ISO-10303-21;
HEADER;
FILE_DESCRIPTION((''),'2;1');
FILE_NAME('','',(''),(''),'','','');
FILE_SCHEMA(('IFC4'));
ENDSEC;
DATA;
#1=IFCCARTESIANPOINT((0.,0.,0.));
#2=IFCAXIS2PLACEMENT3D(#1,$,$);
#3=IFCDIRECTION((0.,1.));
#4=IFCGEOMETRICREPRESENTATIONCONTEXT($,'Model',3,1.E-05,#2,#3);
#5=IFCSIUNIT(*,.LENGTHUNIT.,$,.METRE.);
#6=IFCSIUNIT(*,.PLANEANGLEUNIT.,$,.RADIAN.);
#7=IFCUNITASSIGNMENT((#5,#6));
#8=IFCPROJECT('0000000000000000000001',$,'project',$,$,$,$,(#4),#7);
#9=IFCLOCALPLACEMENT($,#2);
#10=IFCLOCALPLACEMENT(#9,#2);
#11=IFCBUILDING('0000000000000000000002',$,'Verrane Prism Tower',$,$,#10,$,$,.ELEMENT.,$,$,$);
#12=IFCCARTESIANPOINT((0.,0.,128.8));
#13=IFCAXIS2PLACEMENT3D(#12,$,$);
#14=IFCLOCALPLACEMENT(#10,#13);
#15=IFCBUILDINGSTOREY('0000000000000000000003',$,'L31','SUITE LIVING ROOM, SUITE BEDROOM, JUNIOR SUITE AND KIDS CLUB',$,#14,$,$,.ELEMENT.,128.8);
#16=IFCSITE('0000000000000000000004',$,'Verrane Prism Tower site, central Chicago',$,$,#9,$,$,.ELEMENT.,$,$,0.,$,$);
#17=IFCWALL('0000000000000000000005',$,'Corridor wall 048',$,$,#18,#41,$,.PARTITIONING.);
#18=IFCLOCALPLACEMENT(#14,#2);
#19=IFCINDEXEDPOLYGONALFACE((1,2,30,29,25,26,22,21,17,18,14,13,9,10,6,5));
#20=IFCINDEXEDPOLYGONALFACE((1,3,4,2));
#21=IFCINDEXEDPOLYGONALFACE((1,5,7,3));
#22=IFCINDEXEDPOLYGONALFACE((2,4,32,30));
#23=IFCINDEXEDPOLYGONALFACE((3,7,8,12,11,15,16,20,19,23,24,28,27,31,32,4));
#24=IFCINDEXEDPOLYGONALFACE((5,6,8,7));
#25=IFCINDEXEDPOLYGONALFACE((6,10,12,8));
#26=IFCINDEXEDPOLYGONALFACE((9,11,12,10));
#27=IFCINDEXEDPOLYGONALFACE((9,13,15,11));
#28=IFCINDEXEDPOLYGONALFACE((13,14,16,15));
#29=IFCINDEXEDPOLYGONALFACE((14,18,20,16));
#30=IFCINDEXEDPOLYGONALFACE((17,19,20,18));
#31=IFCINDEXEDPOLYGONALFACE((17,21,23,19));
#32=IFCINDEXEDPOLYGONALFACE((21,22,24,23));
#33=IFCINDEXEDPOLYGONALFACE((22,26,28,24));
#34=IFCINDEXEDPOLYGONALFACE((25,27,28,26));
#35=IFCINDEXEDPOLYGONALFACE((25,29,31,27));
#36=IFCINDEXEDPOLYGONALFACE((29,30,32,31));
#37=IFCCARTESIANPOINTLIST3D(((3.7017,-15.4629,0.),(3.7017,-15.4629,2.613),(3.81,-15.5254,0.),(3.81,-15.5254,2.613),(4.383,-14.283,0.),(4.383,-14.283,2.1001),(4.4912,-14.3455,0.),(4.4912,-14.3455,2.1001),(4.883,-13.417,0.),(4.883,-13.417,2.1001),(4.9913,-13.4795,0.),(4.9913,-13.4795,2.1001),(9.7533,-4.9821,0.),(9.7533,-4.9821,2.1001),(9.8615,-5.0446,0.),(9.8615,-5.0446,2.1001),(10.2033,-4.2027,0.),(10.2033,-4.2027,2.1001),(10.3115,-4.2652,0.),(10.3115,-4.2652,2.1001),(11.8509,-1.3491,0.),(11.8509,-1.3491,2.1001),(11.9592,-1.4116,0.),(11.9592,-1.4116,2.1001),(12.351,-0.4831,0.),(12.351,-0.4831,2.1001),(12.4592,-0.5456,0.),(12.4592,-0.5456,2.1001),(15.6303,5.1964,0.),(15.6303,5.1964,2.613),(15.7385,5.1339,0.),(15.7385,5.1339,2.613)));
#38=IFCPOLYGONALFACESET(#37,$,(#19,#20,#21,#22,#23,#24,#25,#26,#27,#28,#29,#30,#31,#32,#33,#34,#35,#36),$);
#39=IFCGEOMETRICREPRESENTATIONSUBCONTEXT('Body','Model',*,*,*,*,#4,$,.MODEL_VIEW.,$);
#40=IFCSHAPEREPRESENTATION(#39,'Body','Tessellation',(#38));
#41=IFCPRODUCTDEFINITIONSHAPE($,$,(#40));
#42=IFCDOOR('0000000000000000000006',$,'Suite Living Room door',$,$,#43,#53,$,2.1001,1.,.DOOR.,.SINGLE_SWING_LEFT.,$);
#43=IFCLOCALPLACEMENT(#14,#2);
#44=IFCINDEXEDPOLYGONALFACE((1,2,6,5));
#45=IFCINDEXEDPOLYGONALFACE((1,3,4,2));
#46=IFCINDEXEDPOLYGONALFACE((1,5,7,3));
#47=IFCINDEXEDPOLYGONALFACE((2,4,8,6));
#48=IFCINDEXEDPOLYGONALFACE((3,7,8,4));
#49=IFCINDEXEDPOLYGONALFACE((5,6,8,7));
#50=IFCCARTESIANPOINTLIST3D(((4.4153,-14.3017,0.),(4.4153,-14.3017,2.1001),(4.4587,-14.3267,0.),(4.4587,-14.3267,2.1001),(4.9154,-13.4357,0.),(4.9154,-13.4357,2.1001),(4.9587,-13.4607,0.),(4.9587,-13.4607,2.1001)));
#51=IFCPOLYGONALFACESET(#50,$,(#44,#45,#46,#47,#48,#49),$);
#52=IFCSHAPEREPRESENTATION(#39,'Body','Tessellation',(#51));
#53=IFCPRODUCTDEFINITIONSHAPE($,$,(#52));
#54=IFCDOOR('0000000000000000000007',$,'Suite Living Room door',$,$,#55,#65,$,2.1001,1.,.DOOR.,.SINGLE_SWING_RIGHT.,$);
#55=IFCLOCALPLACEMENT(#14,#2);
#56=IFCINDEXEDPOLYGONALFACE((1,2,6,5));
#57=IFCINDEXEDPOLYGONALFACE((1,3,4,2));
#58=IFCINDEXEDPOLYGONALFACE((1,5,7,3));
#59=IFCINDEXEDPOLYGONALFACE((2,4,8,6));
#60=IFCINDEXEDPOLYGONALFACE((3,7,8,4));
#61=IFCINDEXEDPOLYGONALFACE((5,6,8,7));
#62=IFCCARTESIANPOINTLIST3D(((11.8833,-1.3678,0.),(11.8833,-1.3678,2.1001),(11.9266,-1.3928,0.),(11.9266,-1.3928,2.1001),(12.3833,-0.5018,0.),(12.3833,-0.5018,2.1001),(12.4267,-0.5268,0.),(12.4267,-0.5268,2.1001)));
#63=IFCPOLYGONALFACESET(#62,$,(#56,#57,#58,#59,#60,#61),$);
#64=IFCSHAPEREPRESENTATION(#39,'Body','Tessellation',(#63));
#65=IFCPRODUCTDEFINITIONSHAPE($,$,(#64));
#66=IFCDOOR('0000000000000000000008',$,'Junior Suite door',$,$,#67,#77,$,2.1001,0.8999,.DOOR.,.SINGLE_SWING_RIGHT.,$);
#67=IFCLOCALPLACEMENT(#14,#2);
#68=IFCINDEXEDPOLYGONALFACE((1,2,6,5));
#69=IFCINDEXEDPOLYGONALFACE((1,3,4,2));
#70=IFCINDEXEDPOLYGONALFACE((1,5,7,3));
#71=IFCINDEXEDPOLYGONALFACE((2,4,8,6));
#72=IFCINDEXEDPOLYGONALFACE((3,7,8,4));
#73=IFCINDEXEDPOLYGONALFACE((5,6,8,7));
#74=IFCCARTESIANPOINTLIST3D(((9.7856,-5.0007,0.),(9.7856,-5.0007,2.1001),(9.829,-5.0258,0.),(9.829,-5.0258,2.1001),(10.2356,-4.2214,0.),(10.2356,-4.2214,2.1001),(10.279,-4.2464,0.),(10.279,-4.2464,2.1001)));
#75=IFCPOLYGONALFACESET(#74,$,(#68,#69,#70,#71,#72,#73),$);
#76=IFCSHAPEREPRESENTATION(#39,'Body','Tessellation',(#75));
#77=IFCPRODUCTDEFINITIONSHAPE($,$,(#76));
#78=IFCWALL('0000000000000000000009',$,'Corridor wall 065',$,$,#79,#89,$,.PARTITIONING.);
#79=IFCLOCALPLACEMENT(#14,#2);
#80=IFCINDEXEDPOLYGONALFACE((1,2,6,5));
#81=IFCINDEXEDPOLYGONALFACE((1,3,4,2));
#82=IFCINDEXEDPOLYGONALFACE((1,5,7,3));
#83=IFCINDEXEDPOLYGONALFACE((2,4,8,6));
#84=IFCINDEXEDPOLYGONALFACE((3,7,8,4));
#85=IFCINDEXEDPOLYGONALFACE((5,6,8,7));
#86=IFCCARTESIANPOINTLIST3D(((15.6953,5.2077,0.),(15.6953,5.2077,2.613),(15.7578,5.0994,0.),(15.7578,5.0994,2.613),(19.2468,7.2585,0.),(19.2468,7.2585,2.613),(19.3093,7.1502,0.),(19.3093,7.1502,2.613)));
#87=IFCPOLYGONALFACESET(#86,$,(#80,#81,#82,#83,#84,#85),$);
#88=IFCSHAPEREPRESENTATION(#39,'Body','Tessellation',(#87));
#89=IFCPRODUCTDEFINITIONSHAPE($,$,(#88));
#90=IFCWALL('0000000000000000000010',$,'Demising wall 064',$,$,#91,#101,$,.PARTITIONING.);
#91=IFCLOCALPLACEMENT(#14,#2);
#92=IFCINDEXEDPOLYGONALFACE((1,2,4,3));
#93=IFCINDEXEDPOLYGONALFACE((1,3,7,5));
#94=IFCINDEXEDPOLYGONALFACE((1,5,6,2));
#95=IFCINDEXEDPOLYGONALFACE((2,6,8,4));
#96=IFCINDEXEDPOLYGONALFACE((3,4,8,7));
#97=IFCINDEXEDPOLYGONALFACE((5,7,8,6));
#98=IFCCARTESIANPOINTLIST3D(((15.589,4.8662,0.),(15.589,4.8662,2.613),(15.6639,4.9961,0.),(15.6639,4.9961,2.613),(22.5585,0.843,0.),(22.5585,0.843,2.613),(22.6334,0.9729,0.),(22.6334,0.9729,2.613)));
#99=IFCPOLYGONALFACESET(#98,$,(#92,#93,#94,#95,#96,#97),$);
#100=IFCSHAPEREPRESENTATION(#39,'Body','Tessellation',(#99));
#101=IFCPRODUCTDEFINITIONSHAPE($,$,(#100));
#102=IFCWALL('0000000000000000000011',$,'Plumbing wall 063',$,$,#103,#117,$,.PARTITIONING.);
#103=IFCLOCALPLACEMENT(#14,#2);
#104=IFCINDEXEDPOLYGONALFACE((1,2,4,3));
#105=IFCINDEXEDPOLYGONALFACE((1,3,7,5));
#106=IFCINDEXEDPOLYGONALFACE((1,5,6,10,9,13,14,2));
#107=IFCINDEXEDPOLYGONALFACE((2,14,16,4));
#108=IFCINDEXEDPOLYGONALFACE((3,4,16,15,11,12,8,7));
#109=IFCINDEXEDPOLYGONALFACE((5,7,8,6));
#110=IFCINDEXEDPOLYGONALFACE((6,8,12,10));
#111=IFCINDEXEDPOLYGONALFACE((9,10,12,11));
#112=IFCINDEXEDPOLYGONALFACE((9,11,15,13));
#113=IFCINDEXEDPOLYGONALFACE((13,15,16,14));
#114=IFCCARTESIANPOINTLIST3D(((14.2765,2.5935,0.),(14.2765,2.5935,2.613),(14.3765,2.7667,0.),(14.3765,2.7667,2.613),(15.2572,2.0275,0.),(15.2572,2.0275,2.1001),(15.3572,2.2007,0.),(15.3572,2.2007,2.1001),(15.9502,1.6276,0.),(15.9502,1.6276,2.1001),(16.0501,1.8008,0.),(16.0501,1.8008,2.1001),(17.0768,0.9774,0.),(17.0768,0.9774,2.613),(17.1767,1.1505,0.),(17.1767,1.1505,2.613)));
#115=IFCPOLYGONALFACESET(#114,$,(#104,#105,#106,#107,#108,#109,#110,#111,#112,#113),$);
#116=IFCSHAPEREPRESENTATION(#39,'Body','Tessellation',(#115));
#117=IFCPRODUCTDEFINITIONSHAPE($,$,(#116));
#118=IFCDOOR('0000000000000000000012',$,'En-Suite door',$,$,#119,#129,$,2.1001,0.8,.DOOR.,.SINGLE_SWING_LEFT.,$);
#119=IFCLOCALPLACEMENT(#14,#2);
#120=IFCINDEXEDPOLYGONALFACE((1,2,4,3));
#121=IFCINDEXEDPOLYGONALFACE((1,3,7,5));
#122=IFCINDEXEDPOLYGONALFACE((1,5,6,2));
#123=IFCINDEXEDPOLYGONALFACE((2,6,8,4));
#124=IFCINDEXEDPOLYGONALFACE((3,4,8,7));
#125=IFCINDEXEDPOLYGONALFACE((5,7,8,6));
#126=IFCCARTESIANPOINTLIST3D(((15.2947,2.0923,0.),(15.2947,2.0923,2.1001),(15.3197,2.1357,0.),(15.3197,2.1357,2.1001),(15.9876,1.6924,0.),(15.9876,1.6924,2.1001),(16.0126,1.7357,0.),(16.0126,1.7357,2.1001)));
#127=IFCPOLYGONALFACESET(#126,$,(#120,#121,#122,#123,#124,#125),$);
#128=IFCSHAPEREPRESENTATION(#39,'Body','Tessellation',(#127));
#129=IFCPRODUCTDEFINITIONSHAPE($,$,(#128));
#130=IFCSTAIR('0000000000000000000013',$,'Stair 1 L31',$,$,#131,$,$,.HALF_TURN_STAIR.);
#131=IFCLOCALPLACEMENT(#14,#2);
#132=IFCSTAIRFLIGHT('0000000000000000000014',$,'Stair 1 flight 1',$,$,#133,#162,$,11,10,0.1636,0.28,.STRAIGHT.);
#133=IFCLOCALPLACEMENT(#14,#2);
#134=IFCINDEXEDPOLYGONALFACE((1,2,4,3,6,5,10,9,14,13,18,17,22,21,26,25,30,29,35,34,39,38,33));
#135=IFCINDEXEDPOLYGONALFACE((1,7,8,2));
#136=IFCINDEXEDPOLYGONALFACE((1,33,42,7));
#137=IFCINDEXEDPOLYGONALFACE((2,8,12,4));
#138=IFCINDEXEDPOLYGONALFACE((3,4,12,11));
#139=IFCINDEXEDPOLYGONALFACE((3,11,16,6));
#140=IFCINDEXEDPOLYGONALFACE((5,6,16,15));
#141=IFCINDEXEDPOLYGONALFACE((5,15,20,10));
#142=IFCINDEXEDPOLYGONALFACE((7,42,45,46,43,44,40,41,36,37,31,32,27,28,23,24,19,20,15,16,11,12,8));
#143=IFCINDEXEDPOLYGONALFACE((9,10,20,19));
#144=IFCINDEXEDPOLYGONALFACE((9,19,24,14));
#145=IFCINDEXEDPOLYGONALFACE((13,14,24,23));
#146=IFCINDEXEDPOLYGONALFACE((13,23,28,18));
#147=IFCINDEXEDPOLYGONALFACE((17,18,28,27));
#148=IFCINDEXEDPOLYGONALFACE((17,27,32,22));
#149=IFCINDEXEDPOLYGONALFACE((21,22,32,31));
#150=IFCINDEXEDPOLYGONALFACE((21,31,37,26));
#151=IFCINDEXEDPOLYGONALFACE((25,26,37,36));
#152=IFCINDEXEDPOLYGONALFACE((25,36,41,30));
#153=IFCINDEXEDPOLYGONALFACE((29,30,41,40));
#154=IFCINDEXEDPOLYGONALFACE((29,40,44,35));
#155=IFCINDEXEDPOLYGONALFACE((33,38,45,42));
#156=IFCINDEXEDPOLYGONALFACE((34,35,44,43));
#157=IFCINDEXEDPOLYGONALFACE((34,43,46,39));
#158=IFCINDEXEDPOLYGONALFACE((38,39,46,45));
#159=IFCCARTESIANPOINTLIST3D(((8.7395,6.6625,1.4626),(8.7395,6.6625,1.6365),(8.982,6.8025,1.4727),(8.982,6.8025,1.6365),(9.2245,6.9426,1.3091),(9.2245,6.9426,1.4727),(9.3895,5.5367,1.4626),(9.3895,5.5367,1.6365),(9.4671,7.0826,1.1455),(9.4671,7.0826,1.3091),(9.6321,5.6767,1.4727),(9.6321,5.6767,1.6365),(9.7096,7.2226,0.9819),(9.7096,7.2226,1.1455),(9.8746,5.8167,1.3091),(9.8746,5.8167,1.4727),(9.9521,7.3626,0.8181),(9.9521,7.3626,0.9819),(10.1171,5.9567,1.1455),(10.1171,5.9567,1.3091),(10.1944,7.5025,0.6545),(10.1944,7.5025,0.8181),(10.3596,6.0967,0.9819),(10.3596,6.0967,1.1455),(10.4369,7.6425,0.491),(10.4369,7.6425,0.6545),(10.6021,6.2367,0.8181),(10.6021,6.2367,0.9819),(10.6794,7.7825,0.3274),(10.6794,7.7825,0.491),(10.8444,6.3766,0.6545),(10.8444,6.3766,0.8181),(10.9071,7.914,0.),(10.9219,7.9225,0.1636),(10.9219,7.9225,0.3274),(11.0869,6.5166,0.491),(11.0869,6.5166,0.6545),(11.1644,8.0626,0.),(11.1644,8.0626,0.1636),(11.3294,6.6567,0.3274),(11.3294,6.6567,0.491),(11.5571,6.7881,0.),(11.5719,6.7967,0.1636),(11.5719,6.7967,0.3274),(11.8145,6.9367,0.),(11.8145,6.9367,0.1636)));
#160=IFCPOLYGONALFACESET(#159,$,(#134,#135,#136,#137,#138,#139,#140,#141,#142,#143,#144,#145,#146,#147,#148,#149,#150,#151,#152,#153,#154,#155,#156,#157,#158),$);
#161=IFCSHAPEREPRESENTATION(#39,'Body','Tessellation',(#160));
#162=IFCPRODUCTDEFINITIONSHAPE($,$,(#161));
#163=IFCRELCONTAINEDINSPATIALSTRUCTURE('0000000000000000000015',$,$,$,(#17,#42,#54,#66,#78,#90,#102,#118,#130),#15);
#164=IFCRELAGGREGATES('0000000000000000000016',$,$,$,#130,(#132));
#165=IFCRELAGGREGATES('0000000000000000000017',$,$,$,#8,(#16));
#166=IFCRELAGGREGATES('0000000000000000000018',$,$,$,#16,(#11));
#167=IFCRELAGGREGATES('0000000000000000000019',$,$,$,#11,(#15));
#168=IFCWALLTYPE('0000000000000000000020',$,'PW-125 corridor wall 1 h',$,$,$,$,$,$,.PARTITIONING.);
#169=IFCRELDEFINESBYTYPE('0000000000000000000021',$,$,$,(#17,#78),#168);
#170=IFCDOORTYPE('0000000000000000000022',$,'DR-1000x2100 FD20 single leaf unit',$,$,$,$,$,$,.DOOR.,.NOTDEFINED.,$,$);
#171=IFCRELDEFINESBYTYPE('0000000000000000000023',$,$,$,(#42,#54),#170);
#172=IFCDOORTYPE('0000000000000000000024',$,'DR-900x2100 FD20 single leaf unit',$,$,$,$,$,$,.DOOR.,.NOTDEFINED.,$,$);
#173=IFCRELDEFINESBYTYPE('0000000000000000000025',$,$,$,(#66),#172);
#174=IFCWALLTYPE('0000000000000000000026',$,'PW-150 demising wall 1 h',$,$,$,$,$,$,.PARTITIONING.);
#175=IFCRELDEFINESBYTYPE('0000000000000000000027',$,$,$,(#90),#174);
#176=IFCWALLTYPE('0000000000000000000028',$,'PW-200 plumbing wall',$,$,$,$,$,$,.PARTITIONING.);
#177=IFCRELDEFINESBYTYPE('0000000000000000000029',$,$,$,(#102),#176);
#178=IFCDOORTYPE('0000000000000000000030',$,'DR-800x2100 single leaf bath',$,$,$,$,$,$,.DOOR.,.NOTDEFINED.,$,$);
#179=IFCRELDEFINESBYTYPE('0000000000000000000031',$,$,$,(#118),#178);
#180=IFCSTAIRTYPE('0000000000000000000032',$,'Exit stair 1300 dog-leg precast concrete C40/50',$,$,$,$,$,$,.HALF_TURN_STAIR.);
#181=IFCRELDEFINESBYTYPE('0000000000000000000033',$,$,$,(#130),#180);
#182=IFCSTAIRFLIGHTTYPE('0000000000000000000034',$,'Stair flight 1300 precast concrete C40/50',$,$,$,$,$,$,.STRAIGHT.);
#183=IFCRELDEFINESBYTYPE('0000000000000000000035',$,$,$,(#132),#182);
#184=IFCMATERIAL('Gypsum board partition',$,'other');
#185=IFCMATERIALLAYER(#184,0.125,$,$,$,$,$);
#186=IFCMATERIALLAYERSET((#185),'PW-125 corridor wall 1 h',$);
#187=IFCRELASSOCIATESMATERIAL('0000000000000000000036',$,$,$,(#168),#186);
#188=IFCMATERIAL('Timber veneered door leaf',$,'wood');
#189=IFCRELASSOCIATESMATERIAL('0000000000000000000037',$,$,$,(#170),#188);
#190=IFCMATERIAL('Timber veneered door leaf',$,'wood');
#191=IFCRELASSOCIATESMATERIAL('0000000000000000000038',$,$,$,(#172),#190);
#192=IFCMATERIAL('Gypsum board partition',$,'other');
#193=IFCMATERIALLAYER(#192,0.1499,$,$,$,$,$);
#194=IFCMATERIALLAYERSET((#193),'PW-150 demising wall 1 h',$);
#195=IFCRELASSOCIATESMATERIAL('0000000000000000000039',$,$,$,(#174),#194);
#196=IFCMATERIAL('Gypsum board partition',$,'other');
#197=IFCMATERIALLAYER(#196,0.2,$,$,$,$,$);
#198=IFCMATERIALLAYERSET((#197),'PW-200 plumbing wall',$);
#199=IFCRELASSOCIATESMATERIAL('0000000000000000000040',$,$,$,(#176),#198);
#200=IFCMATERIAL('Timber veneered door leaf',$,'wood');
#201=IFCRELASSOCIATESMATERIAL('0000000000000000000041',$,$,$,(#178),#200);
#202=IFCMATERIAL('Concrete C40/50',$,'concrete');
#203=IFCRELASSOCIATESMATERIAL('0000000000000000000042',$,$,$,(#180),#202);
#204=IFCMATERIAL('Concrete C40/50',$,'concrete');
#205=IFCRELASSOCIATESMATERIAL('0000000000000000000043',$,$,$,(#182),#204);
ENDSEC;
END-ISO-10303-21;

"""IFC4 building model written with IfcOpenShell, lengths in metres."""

from ifc_helpers import new_model, si_unit, direction, frame, frame_2d, origin, place, context, subcontext, project, spatial, polyline, rectangle, outline, extrude, material, layer, layer_set, type_object, element, fill, aggregate, save


model = new_model("IFC4")

# Units and contexts
model_context = context("Model", 3, precision=1e-05, world=origin(), true_north=direction((0.0, 1.0)))
body_context = subcontext(model_context, "Body", "Model", "MODEL_VIEW")
ifc_project = project(units=[si_unit("LENGTHUNIT", "METRE"), si_unit("PLANEANGLEUNIT", "RADIAN")], contexts=[model_context])

# Site, building, storey
site_placement = place(None, origin())
site = spatial("IfcSite", under=ifc_project, at=site_placement, Name="Verrane Prism Tower site, central Chicago", CompositionType="ELEMENT", RefElevation=0.0)
building_placement = place(site_placement, origin())
building = spatial("IfcBuilding", under=site, at=building_placement, Name="Verrane Prism Tower", CompositionType="ELEMENT")
storey_placement = place(building_placement, frame((0.0, 0.0, 128.8)))
storey = spatial("IfcBuildingStorey", under=building, at=storey_placement, Name="L31", Description="SUITE LIVING ROOM, SUITE BEDROOM, JUNIOR SUITE AND KIDS CLUB", CompositionType="ELEMENT", Elevation=128.8)

# Wall, openings, doors
ifc_material_1 = material(Name="Gypsum board partition", Category="other")
ifc_layer_1 = layer(ifc_material_1, 0.125)
ifc_layer_set_1 = layer_set([ifc_layer_1], Name="PW-125 corridor wall 1 h")
wall_type_1 = type_object("IfcWallType", Name="PW-125 corridor wall 1 h", PredefinedType="PARTITIONING", material=ifc_layer_set_1)
wall_1_placement = place(storey_placement, frame((15.6843, 5.165, 0.0), z_axis=(0.0, 0.0, 1.0), x_axis=(-0.500028, -0.866009, 0.0)))
wall_1 = element("IfcWall", 1, at=wall_1_placement, inside=storey, type_object=wall_type_1, Name="Corridor wall 048", PredefinedType="PARTITIONING", context=body_context, shape_type="SweptSolid", body=[
    extrude(rectangle(XDim=23.8557, YDim=0.125, at=frame_2d((11.9277, 0.0))), origin(), (0.0, 0.0, 1.0), 2.613),
])
opening_1_placement = place(wall_1_placement, frame((21.4932, 0.0, 0.0)))
opening_1 = element("IfcOpeningElement", 2, at=opening_1_placement, cuts=wall_1, PredefinedType="OPENING", context=body_context, shape_type="SweptSolid", body=[
    extrude(rectangle(XDim=1.0, YDim=2.1001, at=frame_2d((0.5, 1.05))), frame((0.0, 0.0725, 0.0), z_axis=(0.0, -1.0, 0.0), x_axis=(1.0, 0.0, 0.0)), (0.0, 0.0, 1.0), 0.145),
])
opening_2_placement = place(wall_1_placement, frame((10.8533, 0.0, 0.0)))
opening_2 = element("IfcOpeningElement", 3, at=opening_2_placement, cuts=wall_1, PredefinedType="OPENING", context=body_context, shape_type="SweptSolid", body=[
    extrude(rectangle(XDim=0.8999, YDim=2.1001, at=frame_2d((0.45, 1.05))), frame((0.0, 0.0725, 0.0), z_axis=(0.0, -1.0, 0.0), x_axis=(1.0, 0.0, 0.0)), (0.0, 0.0, 1.0), 0.145),
])
opening_3_placement = place(wall_1_placement, frame((6.5581, 0.0, 0.0)))
opening_3 = element("IfcOpeningElement", 4, at=opening_3_placement, cuts=wall_1, PredefinedType="OPENING", context=body_context, shape_type="SweptSolid", body=[
    extrude(rectangle(XDim=1.0, YDim=2.1001, at=frame_2d((0.5, 1.05))), frame((0.0, 0.0725, 0.0), z_axis=(0.0, -1.0, 0.0), x_axis=(1.0, 0.0, 0.0)), (0.0, 0.0, 1.0), 0.145),
])
ifc_material_2 = material(Name="Timber veneered door leaf", Category="wood")
door_type_1 = type_object("IfcDoorType", Name="DR-1000x2100 FD20 single leaf unit", OperationType="NOTDEFINED", PredefinedType="DOOR", material=ifc_material_2)
door_1_placement = place(opening_1_placement, origin())
door_1 = element("IfcDoor", 5, at=door_1_placement, inside=storey, type_object=door_type_1, Name="Suite Living Room door", OperationType="SINGLE_SWING_LEFT", OverallHeight=2.1001, OverallWidth=1.0, PredefinedType="DOOR", context=body_context, shape_type="SweptSolid", body=[
    extrude(rectangle(XDim=1.0, YDim=2.1001, at=frame_2d((0.5, 1.05))), frame((0.0, 0.0249, 0.0), z_axis=(0.0, -1.0, 0.0), x_axis=(1.0, 0.0, 0.0)), (0.0, 0.0, 1.0), 0.05),
])
fill(opening_1, door_1)
door_2_placement = place(opening_3_placement, origin())
door_2 = element("IfcDoor", 6, at=door_2_placement, inside=storey, type_object=door_type_1, Name="Suite Living Room door", OperationType="SINGLE_SWING_RIGHT", OverallHeight=2.1001, OverallWidth=1.0, PredefinedType="DOOR", context=body_context, shape_type="SweptSolid", body=[
    extrude(rectangle(XDim=1.0, YDim=2.1001, at=frame_2d((0.5, 1.05))), frame((0.0, 0.0249, 0.0), z_axis=(0.0, -1.0, 0.0), x_axis=(1.0, 0.0, 0.0)), (0.0, 0.0, 1.0), 0.05),
])
fill(opening_3, door_2)
ifc_material_3 = material(Name="Timber veneered door leaf", Category="wood")
door_type_2 = type_object("IfcDoorType", Name="DR-900x2100 FD20 single leaf unit", OperationType="NOTDEFINED", PredefinedType="DOOR", material=ifc_material_3)
door_3_placement = place(opening_2_placement, origin())
door_3 = element("IfcDoor", 7, at=door_3_placement, inside=storey, type_object=door_type_2, Name="Junior Suite door", OperationType="SINGLE_SWING_RIGHT", OverallHeight=2.1001, OverallWidth=0.8999, PredefinedType="DOOR", context=body_context, shape_type="SweptSolid", body=[
    extrude(rectangle(XDim=0.8999, YDim=2.1001, at=frame_2d((0.45, 1.05))), frame((0.0, 0.0249, 0.0), z_axis=(0.0, -1.0, 0.0), x_axis=(1.0, 0.0, 0.0)), (0.0, 0.0, 1.0), 0.05),
])
fill(opening_2, door_3)

# Walls
wall_2_placement = place(storey_placement, frame((15.7266, 5.1536, 0.0), z_axis=(0.0, 0.0, 1.0), x_axis=(0.865992, 0.500057, 0.0)))
element("IfcWall", 8, at=wall_2_placement, inside=storey, type_object=wall_type_1, Name="Corridor wall 065", PredefinedType="PARTITIONING", context=body_context, shape_type="SweptSolid", body=[
    extrude(rectangle(XDim=4.1011, YDim=0.125, at=frame_2d((2.0505, 0.0))), origin(), (0.0, 0.0, 1.0), 2.613),
])
ifc_material_4 = material(Name="Gypsum board partition", Category="other")
ifc_layer_2 = layer(ifc_material_4, 0.1499)
ifc_layer_set_2 = layer_set([ifc_layer_2], Name="PW-150 demising wall 1 h")
wall_type_2 = type_object("IfcWallType", Name="PW-150 demising wall 1 h", PredefinedType="PARTITIONING", material=ifc_layer_set_2)
wall_3_placement = place(storey_placement, frame((15.6265, 4.9312, 0.0), z_axis=(0.0, 0.0, 1.0), x_axis=(0.86606, -0.49994, 0.0)))
element("IfcWall", 9, at=wall_3_placement, inside=storey, type_object=wall_type_2, Name="Demising wall 064", PredefinedType="PARTITIONING", context=body_context, shape_type="SweptSolid", body=[
    extrude(rectangle(XDim=8.0474, YDim=0.1499, at=frame_2d((4.0237, 0.0))), origin(), (0.0, 0.0, 1.0), 2.613),
])

# Wall, opening, door
ifc_material_5 = material(Name="Gypsum board partition", Category="other")
ifc_layer_3 = layer(ifc_material_5, 0.2)
ifc_layer_set_3 = layer_set([ifc_layer_3], Name="PW-200 plumbing wall")
wall_type_3 = type_object("IfcWallType", Name="PW-200 plumbing wall", PredefinedType="PARTITIONING", material=ifc_layer_set_3)
wall_4_placement = place(storey_placement, frame((14.3264, 2.6802, 0.0), z_axis=(0.0, 0.0, 1.0), x_axis=(0.866098, -0.499875, 0.0)))
wall_4 = element("IfcWall", 10, at=wall_4_placement, inside=storey, type_object=wall_type_3, Name="Plumbing wall 063", PredefinedType="PARTITIONING", context=body_context, shape_type="SweptSolid", body=[
    extrude(rectangle(XDim=3.2332, YDim=0.2, at=frame_2d((1.6167, 0.0))), origin(), (0.0, 0.0, 1.0), 2.613),
])
opening_4_placement = place(wall_4_placement, frame((1.1326, 0.0, 0.0)))
opening_4 = element("IfcOpeningElement", 11, at=opening_4_placement, cuts=wall_4, PredefinedType="OPENING", context=body_context, shape_type="SweptSolid", body=[
    extrude(rectangle(XDim=0.8, YDim=2.1001, at=frame_2d((0.3999, 1.05))), frame((0.0, 0.1099, 0.0), z_axis=(0.0, -1.0, 0.0), x_axis=(1.0, 0.0, 0.0)), (0.0, 0.0, 1.0), 0.22),
])
ifc_material_6 = material(Name="Timber veneered door leaf", Category="wood")
door_type_3 = type_object("IfcDoorType", Name="DR-800x2100 single leaf bath", OperationType="NOTDEFINED", PredefinedType="DOOR", material=ifc_material_6)
door_4_placement = place(opening_4_placement, origin())
door_4 = element("IfcDoor", 12, at=door_4_placement, inside=storey, type_object=door_type_3, Name="En-Suite door", OperationType="SINGLE_SWING_LEFT", OverallHeight=2.1001, OverallWidth=0.8, PredefinedType="DOOR", context=body_context, shape_type="SweptSolid", body=[
    extrude(rectangle(XDim=0.8, YDim=2.1001, at=frame_2d((0.3999, 1.05))), frame((0.0, 0.0249, 0.0), z_axis=(0.0, -1.0, 0.0), x_axis=(1.0, 0.0, 0.0)), (0.0, 0.0, 1.0), 0.05),
])
fill(opening_4, door_4)

# Stair, stair flight
ifc_material_7 = material(Name="Concrete C40/50", Category="concrete")
stair_type = type_object("IfcStairType", Name="Exit stair 1300 dog-leg precast concrete C40/50", PredefinedType="HALF_TURN_STAIR", material=ifc_material_7)
stair_placement = place(storey_placement, origin())
stair = element("IfcStair", 13, at=stair_placement, inside=storey, type_object=stair_type, Name="Stair 1 L31", PredefinedType="HALF_TURN_STAIR")
ifc_material_8 = material(Name="Concrete C40/50", Category="concrete")
stair_flight_type = type_object("IfcStairFlightType", Name="Stair flight 1300 precast concrete C40/50", PredefinedType="STRAIGHT", material=ifc_material_8)
stair_flight_1_placement = place(storey_placement, frame((11.4895, 7.4995, 0.0), z_axis=(0.0, 0.0, 1.0), x_axis=(-0.866025, -0.5, 0.0)))
stair_flight_1 = element("IfcStairFlight", 14, at=stair_flight_1_placement, type_object=stair_flight_type, Name="Stair 1 flight 1", NumberOfRisers=11, NumberOfTreads=10, PredefinedType="STRAIGHT", RiserHeight=0.1636, TreadLength=0.28, context=body_context, shape_type="SweptSolid", body=[
    extrude(outline(polyline([(0.0, 0.0), (0.0, 0.1636), (0.28, 0.1636), (0.28, 0.3274), (0.5601, 0.3274), (0.5601, 0.491), (0.8401, 0.491), (0.8401, 0.6545), (1.1201, 0.6545), (1.1201, 0.8181), (1.3999, 0.8181), (1.3999, 0.9819), (1.6799, 0.9819), (1.6799, 1.1455), (1.96, 1.1455), (1.96, 1.3091), (2.24, 1.3091), (2.24, 1.4727), (2.52, 1.4727), (2.52, 1.6365), (2.8, 1.6365), (2.8, 1.8), (2.8, 1.4626), (0.2971, 0.0), (0.0, 0.0)])), frame((0.0, 0.6499, 0.0), z_axis=(0.0, -1.0, 0.0), x_axis=(1.0, 0.0, 0.0)), (0.0, 0.0, 1.0), 1.3),
])
aggregate(stair, [stair_flight_1])

save(model, "model.ifc")
